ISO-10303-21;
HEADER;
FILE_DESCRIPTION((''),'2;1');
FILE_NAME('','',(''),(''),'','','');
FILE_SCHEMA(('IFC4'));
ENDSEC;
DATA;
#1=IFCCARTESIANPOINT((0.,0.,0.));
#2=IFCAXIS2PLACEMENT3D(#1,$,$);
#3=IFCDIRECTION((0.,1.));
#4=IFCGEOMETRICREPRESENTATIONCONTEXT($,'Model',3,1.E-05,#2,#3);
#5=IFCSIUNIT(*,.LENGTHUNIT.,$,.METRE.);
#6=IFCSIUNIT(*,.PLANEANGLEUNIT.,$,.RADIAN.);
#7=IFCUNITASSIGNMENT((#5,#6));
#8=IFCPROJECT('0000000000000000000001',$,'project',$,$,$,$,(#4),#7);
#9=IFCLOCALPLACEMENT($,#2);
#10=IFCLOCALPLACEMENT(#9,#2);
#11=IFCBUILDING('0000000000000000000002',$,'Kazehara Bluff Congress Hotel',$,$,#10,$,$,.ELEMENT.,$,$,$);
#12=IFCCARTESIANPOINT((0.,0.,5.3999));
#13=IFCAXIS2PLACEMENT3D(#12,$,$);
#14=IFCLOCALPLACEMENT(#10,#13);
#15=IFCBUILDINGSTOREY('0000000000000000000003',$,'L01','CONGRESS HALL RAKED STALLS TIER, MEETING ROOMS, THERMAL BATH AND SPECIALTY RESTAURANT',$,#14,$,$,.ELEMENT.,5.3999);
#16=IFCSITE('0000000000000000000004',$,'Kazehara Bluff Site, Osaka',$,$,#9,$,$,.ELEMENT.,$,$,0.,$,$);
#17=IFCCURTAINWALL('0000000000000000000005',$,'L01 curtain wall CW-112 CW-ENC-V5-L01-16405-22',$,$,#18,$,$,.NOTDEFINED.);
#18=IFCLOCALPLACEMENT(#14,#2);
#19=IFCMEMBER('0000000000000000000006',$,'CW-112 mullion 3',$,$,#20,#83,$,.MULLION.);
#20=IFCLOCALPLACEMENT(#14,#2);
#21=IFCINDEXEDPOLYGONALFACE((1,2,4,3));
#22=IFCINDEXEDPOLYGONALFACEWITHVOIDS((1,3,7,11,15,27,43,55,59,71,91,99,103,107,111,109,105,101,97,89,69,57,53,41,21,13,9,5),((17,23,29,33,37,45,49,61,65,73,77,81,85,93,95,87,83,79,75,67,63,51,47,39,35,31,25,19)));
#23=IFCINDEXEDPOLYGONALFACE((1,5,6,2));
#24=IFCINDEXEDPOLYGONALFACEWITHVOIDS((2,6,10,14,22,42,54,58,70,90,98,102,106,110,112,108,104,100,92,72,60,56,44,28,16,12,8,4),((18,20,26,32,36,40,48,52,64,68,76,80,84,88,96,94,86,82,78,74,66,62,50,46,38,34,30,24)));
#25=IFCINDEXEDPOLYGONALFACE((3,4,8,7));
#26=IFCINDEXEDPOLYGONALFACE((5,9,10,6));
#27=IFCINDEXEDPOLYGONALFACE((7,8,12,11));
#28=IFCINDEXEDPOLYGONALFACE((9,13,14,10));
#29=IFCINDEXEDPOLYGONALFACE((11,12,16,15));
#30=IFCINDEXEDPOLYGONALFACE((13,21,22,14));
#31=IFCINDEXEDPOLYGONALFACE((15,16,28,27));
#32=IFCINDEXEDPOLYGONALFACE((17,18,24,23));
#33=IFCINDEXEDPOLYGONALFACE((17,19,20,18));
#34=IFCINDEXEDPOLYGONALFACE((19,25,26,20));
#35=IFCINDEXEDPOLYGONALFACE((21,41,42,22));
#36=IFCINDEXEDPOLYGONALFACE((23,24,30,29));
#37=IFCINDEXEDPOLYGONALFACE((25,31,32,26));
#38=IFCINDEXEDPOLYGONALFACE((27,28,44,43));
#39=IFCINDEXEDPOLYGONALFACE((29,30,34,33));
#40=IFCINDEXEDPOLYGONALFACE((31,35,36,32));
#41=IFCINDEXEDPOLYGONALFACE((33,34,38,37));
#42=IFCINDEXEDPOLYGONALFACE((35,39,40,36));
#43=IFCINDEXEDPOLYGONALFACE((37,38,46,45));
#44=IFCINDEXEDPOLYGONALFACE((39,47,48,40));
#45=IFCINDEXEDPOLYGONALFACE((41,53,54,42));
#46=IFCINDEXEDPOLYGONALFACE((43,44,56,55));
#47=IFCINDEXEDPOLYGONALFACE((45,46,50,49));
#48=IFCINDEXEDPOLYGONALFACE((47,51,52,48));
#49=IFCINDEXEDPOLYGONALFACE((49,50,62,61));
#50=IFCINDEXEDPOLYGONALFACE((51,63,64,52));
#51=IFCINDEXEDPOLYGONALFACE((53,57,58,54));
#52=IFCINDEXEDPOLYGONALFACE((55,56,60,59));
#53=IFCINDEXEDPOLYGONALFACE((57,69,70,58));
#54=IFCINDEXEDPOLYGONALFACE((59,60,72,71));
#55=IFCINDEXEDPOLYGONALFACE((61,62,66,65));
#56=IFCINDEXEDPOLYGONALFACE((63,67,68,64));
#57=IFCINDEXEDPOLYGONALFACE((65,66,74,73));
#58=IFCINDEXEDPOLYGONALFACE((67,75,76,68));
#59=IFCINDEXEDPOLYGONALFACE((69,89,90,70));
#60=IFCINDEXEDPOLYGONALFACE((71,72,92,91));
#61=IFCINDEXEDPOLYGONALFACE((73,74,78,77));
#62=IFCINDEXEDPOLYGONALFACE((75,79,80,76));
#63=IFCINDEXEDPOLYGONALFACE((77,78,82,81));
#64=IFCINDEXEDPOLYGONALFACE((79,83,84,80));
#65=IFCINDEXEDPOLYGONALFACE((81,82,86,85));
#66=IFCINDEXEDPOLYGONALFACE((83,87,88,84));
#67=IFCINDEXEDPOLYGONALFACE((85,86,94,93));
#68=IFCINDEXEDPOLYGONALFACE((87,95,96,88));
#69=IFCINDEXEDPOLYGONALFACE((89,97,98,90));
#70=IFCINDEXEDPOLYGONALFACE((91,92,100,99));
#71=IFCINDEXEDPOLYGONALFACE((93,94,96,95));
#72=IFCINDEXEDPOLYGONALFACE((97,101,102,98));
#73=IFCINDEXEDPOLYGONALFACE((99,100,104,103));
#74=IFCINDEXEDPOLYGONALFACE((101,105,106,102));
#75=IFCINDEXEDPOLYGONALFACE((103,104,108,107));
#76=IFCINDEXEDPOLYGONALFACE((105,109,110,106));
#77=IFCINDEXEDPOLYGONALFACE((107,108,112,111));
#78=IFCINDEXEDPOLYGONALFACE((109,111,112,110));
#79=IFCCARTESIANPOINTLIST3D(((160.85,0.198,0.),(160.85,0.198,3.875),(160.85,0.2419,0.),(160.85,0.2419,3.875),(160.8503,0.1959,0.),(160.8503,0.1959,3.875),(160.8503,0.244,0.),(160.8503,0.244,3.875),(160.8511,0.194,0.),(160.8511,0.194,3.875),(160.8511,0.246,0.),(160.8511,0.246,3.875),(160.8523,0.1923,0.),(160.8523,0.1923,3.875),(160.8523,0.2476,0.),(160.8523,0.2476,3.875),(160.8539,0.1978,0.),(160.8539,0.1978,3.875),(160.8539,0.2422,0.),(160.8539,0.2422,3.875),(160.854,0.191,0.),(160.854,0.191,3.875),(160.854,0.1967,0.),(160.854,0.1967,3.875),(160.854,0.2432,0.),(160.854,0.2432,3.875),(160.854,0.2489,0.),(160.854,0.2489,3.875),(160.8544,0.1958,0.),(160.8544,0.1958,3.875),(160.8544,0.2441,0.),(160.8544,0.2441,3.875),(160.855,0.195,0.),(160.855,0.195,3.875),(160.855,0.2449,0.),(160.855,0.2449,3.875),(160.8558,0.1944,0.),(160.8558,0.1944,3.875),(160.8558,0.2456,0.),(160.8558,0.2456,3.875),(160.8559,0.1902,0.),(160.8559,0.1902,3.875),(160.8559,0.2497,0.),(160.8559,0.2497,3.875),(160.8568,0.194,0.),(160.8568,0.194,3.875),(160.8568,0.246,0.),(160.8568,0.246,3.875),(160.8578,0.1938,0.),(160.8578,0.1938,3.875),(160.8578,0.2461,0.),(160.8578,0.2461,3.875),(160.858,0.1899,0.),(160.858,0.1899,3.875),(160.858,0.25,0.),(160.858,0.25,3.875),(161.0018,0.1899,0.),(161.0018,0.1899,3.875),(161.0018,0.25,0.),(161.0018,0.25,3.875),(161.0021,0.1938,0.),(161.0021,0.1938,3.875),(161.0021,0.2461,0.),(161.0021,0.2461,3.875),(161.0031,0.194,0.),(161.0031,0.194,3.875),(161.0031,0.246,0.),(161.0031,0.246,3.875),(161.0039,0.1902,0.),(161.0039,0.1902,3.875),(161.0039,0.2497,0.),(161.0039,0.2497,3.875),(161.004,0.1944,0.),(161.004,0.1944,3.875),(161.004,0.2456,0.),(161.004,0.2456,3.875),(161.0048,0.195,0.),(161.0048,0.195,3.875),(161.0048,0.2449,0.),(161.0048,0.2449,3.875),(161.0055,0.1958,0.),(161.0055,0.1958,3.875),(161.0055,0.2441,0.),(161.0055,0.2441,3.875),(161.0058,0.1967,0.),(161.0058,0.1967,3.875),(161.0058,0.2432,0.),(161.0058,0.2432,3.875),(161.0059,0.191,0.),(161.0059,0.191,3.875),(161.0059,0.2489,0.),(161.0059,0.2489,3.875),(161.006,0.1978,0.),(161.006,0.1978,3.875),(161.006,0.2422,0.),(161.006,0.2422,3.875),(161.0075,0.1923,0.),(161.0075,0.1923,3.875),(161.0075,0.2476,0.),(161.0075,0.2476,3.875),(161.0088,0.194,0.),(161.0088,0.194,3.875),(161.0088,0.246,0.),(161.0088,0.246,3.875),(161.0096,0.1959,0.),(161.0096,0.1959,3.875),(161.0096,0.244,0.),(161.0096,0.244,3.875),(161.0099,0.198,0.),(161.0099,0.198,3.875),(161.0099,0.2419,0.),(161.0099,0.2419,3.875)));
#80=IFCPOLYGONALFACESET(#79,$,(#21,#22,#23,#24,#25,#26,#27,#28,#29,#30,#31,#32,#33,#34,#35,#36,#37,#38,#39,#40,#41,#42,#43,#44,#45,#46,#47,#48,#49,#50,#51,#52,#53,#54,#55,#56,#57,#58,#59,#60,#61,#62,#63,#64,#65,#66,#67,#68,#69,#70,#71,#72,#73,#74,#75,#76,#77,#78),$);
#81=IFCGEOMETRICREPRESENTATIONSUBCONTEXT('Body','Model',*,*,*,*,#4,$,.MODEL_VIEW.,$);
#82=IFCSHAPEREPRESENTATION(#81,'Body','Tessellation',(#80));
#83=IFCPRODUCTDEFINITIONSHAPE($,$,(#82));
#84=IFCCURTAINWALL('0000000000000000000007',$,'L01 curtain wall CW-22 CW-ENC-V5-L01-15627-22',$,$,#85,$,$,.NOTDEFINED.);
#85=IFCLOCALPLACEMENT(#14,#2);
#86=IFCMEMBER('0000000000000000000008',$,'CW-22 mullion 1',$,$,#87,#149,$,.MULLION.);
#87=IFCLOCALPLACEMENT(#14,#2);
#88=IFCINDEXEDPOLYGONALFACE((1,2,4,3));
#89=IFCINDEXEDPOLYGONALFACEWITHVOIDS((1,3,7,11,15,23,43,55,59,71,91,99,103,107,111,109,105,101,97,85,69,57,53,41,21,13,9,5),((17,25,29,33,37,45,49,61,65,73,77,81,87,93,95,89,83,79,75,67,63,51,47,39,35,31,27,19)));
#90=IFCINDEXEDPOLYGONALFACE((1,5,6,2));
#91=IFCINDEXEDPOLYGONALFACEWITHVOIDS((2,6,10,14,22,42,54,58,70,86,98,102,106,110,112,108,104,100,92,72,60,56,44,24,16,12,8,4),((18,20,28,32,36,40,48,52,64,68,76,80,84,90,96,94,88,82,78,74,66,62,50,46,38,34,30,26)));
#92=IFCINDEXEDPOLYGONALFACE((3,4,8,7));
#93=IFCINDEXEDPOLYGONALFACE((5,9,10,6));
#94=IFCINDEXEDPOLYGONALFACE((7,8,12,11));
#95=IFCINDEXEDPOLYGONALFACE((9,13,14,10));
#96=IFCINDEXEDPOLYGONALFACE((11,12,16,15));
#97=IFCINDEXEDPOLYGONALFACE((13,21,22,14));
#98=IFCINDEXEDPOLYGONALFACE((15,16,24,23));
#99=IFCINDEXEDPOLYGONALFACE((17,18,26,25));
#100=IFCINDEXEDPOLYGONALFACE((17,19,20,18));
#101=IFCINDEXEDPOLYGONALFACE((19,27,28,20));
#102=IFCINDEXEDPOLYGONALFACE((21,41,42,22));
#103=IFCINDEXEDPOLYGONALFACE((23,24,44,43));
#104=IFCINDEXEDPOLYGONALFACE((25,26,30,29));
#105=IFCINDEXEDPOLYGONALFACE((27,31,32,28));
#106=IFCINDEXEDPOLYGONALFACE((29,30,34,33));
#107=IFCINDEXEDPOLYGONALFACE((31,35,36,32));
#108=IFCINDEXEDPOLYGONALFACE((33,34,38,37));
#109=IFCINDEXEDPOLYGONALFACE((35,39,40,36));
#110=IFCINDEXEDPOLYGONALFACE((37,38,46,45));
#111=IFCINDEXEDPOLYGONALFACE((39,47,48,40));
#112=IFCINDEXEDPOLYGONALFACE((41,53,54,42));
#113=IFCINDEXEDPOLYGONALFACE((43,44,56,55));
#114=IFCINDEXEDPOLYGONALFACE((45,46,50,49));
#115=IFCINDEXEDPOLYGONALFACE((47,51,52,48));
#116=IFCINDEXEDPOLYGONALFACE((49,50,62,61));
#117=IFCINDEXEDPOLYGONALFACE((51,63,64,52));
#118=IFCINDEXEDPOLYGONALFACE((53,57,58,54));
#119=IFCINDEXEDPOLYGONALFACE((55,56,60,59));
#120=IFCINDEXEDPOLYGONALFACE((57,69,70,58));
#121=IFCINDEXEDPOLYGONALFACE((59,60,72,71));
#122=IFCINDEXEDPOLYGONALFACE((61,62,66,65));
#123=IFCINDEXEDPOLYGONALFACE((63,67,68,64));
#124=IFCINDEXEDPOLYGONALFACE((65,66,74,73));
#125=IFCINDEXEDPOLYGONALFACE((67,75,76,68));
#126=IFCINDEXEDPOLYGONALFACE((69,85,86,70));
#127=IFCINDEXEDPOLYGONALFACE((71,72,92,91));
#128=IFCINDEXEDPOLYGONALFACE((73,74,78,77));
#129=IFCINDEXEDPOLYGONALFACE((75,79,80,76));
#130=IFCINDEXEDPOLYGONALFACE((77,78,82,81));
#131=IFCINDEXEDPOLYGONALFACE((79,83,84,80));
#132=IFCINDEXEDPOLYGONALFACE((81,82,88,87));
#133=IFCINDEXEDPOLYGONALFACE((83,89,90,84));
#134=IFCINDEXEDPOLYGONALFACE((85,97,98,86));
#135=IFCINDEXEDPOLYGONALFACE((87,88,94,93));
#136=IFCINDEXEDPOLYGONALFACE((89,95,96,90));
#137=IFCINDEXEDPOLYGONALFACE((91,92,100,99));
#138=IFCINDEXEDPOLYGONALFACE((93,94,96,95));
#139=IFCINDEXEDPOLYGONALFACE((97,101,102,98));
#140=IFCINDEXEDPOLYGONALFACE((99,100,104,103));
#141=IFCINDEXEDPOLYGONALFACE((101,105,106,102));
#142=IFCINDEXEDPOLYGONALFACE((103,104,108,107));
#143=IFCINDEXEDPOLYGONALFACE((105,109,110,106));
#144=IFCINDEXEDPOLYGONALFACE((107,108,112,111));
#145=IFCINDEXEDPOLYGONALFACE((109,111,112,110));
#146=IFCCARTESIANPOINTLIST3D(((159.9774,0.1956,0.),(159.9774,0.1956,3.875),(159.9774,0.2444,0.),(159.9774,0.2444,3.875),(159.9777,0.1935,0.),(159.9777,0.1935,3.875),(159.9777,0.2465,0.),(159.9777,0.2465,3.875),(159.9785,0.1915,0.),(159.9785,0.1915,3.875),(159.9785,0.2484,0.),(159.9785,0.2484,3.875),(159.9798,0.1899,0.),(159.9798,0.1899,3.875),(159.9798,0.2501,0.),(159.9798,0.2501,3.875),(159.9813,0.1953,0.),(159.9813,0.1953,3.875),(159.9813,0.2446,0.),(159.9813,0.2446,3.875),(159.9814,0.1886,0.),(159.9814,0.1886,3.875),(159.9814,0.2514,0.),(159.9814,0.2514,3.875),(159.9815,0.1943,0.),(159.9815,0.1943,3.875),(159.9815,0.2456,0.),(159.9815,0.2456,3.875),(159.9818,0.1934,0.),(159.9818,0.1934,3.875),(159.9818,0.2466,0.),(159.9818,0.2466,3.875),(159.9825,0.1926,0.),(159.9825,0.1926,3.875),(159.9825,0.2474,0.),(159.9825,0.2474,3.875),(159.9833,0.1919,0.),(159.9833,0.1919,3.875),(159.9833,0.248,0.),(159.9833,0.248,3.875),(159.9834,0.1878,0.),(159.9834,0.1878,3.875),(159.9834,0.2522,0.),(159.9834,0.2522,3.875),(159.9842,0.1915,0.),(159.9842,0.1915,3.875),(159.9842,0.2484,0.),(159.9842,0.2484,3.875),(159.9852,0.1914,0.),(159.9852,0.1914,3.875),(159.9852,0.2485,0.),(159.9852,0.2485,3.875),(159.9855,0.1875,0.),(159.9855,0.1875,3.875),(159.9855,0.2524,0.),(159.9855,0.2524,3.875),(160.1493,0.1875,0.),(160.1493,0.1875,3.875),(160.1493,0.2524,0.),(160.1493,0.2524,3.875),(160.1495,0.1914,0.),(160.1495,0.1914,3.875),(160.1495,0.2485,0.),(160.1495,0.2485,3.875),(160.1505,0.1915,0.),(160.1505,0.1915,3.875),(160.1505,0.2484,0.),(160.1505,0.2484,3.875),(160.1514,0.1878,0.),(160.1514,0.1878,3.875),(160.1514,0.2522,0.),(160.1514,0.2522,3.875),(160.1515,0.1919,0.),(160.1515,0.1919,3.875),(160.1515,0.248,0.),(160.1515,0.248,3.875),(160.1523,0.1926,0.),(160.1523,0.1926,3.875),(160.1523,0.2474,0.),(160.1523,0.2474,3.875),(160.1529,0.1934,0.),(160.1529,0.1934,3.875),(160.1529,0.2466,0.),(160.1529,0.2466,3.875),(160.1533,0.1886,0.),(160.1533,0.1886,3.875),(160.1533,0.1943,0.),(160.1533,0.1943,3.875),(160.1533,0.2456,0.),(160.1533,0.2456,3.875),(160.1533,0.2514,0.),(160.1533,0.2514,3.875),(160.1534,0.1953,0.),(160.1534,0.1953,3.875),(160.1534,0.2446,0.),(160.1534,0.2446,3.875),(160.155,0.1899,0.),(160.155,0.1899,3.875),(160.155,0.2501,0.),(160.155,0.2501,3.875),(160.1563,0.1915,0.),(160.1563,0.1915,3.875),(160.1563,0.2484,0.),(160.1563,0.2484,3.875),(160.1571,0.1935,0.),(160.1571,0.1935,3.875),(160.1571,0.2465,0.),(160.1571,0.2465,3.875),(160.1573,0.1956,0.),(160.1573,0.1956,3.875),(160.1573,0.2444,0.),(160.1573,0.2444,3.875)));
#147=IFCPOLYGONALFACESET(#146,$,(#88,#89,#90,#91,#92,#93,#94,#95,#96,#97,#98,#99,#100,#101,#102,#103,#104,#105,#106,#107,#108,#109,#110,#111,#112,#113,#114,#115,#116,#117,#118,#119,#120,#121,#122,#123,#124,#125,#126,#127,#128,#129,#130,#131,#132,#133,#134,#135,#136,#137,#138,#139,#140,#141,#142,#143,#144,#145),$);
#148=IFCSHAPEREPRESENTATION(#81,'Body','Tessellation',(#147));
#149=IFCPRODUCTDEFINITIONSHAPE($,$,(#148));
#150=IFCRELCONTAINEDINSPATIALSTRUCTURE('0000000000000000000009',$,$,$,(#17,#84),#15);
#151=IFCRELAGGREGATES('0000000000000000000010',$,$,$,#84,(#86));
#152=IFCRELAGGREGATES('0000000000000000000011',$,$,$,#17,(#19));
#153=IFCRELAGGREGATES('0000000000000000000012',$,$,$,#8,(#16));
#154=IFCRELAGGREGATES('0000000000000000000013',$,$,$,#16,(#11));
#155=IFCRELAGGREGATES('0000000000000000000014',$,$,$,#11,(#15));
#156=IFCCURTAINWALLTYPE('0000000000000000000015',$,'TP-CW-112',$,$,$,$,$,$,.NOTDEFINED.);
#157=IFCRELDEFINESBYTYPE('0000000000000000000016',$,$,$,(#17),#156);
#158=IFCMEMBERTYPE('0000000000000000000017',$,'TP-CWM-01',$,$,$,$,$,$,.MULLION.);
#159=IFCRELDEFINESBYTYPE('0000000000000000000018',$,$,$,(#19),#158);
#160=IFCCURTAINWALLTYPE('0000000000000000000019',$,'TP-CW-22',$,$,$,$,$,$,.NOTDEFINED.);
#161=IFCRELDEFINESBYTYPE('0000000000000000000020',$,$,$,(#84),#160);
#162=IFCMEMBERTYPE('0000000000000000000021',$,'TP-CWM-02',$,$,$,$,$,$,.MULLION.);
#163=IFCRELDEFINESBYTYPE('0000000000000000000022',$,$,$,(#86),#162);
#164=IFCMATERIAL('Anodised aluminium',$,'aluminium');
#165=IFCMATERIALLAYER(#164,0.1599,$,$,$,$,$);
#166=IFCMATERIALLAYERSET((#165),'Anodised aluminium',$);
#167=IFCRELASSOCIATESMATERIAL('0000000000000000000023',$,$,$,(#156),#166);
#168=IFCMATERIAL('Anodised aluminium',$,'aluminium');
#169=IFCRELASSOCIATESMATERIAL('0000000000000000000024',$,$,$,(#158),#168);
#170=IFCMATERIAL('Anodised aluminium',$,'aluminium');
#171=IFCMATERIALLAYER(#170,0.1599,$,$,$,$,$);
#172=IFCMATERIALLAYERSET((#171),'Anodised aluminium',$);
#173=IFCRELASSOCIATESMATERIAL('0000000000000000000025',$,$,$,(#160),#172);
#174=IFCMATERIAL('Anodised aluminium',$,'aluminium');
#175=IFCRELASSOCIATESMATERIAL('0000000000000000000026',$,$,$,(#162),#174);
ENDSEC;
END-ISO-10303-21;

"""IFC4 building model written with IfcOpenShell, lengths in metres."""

from ifc_helpers import new_model, si_unit, direction, frame, origin, origin_2d, place, context, subcontext, project, spatial, hollow_rectangle, extrude, material, layer, layer_set, material_profile, profile_set, type_object, element, aggregate, save


model = new_model("IFC4")

# Units and contexts
model_context = context("Model", 3, precision=1e-05, world=origin(), true_north=direction((0.0, 1.0)))
body_context = subcontext(model_context, "Body", "Model", "MODEL_VIEW")
ifc_project = project(units=[si_unit("LENGTHUNIT", "METRE"), si_unit("PLANEANGLEUNIT", "RADIAN")], contexts=[model_context])

# Site, building, storey
site_placement = place(None, origin())
site = spatial("IfcSite", under=ifc_project, at=site_placement, Name="Kazehara Bluff Site, Osaka", CompositionType="ELEMENT", RefElevation=0.0)
building_placement = place(site_placement, origin())
building = spatial("IfcBuilding", under=site, at=building_placement, Name="Kazehara Bluff Congress Hotel", CompositionType="ELEMENT")
storey_placement = place(building_placement, frame((0.0, 0.0, 5.3999)))
storey = spatial("IfcBuildingStorey", under=building, at=storey_placement, Name="L01", Description="CONGRESS HALL RAKED STALLS TIER, MEETING ROOMS, THERMAL BATH AND SPECIALTY RESTAURANT", CompositionType="ELEMENT", Elevation=5.3999)

# Curtain wall, member
ifc_material_1 = material(Name="Anodised aluminium", Category="aluminium")
ifc_layer_1 = layer(ifc_material_1, 0.1599)
ifc_layer_set_1 = layer_set([ifc_layer_1], Name="Anodised aluminium")
curtain_wall_type_1 = type_object("IfcCurtainWallType", Name="TP-CW-112", PredefinedType="NOTDEFINED", material=ifc_layer_set_1)
curtain_wall_1_placement = place(storey_placement, origin())
curtain_wall_1 = element("IfcCurtainWall", 1, at=curtain_wall_1_placement, inside=storey, type_object=curtain_wall_type_1, Name="L01 curtain wall CW-112 CW-ENC-V5-L01-16405-22", PredefinedType="NOTDEFINED")
ifc_material_2 = material(Name="Anodised aluminium", Category="aluminium")
ifc_material_profile_1 = material_profile(ifc_material_2, hollow_rectangle(XDim=0.0601, YDim=0.1599, WallThickness=0.0039, InnerFilletRadius=0.0039, OuterFilletRadius=0.0081, at=origin_2d()))
ifc_profile_set_1 = profile_set([ifc_material_profile_1], Name="Anodised aluminium")
member_type_1 = type_object("IfcMemberType", Name="TP-CWM-01", PredefinedType="MULLION", material=ifc_profile_set_1)
member_1_placement = place(storey_placement, frame((160.9299, 0.22, 0.0), z_axis=(0.0, 0.0, 1.0), x_axis=(0.0, -1.0, 0.0)))
member_1 = element("IfcMember", 2, at=member_1_placement, type_object=member_type_1, Name="CW-112 mullion 3", PredefinedType="MULLION", context=body_context, shape_type="SweptSolid", body=[
    extrude(hollow_rectangle(XDim=0.0601, YDim=0.1599, WallThickness=0.0039, InnerFilletRadius=0.0039, OuterFilletRadius=0.0081, at=origin_2d()), origin(), (0.0, 0.0, 1.0), 3.875),
])

# Curtain wall, member
ifc_material_3 = material(Name="Anodised aluminium", Category="aluminium")
ifc_layer_2 = layer(ifc_material_3, 0.1599)
ifc_layer_set_2 = layer_set([ifc_layer_2], Name="Anodised aluminium")
curtain_wall_type_2 = type_object("IfcCurtainWallType", Name="TP-CW-22", PredefinedType="NOTDEFINED", material=ifc_layer_set_2)
curtain_wall_2_placement = place(storey_placement, origin())
curtain_wall_2 = element("IfcCurtainWall", 3, at=curtain_wall_2_placement, inside=storey, type_object=curtain_wall_type_2, Name="L01 curtain wall CW-22 CW-ENC-V5-L01-15627-22", PredefinedType="NOTDEFINED")
ifc_material_4 = material(Name="Anodised aluminium", Category="aluminium")
ifc_material_profile_2 = material_profile(ifc_material_4, hollow_rectangle(XDim=0.0649, YDim=0.1799, WallThickness=0.0039, InnerFilletRadius=0.0039, OuterFilletRadius=0.0081, at=origin_2d()))
ifc_profile_set_2 = profile_set([ifc_material_profile_2], Name="Anodised aluminium")
member_type_2 = type_object("IfcMemberType", Name="TP-CWM-02", PredefinedType="MULLION", material=ifc_profile_set_2)
member_2_placement = place(storey_placement, frame((160.0674, 0.22, 0.0), z_axis=(0.0, 0.0, 1.0), x_axis=(0.0, -1.0, 0.0)))
member_2 = element("IfcMember", 4, at=member_2_placement, type_object=member_type_2, Name="CW-22 mullion 1", PredefinedType="MULLION", context=body_context, shape_type="SweptSolid", body=[
    extrude(hollow_rectangle(XDim=0.0649, YDim=0.1799, WallThickness=0.0039, InnerFilletRadius=0.0039, OuterFilletRadius=0.0081, at=origin_2d()), origin(), (0.0, 0.0, 1.0), 3.875),
])
aggregate(curtain_wall_2, [member_2])

aggregate(curtain_wall_1, [member_1])

save(model, "model.ifc")
